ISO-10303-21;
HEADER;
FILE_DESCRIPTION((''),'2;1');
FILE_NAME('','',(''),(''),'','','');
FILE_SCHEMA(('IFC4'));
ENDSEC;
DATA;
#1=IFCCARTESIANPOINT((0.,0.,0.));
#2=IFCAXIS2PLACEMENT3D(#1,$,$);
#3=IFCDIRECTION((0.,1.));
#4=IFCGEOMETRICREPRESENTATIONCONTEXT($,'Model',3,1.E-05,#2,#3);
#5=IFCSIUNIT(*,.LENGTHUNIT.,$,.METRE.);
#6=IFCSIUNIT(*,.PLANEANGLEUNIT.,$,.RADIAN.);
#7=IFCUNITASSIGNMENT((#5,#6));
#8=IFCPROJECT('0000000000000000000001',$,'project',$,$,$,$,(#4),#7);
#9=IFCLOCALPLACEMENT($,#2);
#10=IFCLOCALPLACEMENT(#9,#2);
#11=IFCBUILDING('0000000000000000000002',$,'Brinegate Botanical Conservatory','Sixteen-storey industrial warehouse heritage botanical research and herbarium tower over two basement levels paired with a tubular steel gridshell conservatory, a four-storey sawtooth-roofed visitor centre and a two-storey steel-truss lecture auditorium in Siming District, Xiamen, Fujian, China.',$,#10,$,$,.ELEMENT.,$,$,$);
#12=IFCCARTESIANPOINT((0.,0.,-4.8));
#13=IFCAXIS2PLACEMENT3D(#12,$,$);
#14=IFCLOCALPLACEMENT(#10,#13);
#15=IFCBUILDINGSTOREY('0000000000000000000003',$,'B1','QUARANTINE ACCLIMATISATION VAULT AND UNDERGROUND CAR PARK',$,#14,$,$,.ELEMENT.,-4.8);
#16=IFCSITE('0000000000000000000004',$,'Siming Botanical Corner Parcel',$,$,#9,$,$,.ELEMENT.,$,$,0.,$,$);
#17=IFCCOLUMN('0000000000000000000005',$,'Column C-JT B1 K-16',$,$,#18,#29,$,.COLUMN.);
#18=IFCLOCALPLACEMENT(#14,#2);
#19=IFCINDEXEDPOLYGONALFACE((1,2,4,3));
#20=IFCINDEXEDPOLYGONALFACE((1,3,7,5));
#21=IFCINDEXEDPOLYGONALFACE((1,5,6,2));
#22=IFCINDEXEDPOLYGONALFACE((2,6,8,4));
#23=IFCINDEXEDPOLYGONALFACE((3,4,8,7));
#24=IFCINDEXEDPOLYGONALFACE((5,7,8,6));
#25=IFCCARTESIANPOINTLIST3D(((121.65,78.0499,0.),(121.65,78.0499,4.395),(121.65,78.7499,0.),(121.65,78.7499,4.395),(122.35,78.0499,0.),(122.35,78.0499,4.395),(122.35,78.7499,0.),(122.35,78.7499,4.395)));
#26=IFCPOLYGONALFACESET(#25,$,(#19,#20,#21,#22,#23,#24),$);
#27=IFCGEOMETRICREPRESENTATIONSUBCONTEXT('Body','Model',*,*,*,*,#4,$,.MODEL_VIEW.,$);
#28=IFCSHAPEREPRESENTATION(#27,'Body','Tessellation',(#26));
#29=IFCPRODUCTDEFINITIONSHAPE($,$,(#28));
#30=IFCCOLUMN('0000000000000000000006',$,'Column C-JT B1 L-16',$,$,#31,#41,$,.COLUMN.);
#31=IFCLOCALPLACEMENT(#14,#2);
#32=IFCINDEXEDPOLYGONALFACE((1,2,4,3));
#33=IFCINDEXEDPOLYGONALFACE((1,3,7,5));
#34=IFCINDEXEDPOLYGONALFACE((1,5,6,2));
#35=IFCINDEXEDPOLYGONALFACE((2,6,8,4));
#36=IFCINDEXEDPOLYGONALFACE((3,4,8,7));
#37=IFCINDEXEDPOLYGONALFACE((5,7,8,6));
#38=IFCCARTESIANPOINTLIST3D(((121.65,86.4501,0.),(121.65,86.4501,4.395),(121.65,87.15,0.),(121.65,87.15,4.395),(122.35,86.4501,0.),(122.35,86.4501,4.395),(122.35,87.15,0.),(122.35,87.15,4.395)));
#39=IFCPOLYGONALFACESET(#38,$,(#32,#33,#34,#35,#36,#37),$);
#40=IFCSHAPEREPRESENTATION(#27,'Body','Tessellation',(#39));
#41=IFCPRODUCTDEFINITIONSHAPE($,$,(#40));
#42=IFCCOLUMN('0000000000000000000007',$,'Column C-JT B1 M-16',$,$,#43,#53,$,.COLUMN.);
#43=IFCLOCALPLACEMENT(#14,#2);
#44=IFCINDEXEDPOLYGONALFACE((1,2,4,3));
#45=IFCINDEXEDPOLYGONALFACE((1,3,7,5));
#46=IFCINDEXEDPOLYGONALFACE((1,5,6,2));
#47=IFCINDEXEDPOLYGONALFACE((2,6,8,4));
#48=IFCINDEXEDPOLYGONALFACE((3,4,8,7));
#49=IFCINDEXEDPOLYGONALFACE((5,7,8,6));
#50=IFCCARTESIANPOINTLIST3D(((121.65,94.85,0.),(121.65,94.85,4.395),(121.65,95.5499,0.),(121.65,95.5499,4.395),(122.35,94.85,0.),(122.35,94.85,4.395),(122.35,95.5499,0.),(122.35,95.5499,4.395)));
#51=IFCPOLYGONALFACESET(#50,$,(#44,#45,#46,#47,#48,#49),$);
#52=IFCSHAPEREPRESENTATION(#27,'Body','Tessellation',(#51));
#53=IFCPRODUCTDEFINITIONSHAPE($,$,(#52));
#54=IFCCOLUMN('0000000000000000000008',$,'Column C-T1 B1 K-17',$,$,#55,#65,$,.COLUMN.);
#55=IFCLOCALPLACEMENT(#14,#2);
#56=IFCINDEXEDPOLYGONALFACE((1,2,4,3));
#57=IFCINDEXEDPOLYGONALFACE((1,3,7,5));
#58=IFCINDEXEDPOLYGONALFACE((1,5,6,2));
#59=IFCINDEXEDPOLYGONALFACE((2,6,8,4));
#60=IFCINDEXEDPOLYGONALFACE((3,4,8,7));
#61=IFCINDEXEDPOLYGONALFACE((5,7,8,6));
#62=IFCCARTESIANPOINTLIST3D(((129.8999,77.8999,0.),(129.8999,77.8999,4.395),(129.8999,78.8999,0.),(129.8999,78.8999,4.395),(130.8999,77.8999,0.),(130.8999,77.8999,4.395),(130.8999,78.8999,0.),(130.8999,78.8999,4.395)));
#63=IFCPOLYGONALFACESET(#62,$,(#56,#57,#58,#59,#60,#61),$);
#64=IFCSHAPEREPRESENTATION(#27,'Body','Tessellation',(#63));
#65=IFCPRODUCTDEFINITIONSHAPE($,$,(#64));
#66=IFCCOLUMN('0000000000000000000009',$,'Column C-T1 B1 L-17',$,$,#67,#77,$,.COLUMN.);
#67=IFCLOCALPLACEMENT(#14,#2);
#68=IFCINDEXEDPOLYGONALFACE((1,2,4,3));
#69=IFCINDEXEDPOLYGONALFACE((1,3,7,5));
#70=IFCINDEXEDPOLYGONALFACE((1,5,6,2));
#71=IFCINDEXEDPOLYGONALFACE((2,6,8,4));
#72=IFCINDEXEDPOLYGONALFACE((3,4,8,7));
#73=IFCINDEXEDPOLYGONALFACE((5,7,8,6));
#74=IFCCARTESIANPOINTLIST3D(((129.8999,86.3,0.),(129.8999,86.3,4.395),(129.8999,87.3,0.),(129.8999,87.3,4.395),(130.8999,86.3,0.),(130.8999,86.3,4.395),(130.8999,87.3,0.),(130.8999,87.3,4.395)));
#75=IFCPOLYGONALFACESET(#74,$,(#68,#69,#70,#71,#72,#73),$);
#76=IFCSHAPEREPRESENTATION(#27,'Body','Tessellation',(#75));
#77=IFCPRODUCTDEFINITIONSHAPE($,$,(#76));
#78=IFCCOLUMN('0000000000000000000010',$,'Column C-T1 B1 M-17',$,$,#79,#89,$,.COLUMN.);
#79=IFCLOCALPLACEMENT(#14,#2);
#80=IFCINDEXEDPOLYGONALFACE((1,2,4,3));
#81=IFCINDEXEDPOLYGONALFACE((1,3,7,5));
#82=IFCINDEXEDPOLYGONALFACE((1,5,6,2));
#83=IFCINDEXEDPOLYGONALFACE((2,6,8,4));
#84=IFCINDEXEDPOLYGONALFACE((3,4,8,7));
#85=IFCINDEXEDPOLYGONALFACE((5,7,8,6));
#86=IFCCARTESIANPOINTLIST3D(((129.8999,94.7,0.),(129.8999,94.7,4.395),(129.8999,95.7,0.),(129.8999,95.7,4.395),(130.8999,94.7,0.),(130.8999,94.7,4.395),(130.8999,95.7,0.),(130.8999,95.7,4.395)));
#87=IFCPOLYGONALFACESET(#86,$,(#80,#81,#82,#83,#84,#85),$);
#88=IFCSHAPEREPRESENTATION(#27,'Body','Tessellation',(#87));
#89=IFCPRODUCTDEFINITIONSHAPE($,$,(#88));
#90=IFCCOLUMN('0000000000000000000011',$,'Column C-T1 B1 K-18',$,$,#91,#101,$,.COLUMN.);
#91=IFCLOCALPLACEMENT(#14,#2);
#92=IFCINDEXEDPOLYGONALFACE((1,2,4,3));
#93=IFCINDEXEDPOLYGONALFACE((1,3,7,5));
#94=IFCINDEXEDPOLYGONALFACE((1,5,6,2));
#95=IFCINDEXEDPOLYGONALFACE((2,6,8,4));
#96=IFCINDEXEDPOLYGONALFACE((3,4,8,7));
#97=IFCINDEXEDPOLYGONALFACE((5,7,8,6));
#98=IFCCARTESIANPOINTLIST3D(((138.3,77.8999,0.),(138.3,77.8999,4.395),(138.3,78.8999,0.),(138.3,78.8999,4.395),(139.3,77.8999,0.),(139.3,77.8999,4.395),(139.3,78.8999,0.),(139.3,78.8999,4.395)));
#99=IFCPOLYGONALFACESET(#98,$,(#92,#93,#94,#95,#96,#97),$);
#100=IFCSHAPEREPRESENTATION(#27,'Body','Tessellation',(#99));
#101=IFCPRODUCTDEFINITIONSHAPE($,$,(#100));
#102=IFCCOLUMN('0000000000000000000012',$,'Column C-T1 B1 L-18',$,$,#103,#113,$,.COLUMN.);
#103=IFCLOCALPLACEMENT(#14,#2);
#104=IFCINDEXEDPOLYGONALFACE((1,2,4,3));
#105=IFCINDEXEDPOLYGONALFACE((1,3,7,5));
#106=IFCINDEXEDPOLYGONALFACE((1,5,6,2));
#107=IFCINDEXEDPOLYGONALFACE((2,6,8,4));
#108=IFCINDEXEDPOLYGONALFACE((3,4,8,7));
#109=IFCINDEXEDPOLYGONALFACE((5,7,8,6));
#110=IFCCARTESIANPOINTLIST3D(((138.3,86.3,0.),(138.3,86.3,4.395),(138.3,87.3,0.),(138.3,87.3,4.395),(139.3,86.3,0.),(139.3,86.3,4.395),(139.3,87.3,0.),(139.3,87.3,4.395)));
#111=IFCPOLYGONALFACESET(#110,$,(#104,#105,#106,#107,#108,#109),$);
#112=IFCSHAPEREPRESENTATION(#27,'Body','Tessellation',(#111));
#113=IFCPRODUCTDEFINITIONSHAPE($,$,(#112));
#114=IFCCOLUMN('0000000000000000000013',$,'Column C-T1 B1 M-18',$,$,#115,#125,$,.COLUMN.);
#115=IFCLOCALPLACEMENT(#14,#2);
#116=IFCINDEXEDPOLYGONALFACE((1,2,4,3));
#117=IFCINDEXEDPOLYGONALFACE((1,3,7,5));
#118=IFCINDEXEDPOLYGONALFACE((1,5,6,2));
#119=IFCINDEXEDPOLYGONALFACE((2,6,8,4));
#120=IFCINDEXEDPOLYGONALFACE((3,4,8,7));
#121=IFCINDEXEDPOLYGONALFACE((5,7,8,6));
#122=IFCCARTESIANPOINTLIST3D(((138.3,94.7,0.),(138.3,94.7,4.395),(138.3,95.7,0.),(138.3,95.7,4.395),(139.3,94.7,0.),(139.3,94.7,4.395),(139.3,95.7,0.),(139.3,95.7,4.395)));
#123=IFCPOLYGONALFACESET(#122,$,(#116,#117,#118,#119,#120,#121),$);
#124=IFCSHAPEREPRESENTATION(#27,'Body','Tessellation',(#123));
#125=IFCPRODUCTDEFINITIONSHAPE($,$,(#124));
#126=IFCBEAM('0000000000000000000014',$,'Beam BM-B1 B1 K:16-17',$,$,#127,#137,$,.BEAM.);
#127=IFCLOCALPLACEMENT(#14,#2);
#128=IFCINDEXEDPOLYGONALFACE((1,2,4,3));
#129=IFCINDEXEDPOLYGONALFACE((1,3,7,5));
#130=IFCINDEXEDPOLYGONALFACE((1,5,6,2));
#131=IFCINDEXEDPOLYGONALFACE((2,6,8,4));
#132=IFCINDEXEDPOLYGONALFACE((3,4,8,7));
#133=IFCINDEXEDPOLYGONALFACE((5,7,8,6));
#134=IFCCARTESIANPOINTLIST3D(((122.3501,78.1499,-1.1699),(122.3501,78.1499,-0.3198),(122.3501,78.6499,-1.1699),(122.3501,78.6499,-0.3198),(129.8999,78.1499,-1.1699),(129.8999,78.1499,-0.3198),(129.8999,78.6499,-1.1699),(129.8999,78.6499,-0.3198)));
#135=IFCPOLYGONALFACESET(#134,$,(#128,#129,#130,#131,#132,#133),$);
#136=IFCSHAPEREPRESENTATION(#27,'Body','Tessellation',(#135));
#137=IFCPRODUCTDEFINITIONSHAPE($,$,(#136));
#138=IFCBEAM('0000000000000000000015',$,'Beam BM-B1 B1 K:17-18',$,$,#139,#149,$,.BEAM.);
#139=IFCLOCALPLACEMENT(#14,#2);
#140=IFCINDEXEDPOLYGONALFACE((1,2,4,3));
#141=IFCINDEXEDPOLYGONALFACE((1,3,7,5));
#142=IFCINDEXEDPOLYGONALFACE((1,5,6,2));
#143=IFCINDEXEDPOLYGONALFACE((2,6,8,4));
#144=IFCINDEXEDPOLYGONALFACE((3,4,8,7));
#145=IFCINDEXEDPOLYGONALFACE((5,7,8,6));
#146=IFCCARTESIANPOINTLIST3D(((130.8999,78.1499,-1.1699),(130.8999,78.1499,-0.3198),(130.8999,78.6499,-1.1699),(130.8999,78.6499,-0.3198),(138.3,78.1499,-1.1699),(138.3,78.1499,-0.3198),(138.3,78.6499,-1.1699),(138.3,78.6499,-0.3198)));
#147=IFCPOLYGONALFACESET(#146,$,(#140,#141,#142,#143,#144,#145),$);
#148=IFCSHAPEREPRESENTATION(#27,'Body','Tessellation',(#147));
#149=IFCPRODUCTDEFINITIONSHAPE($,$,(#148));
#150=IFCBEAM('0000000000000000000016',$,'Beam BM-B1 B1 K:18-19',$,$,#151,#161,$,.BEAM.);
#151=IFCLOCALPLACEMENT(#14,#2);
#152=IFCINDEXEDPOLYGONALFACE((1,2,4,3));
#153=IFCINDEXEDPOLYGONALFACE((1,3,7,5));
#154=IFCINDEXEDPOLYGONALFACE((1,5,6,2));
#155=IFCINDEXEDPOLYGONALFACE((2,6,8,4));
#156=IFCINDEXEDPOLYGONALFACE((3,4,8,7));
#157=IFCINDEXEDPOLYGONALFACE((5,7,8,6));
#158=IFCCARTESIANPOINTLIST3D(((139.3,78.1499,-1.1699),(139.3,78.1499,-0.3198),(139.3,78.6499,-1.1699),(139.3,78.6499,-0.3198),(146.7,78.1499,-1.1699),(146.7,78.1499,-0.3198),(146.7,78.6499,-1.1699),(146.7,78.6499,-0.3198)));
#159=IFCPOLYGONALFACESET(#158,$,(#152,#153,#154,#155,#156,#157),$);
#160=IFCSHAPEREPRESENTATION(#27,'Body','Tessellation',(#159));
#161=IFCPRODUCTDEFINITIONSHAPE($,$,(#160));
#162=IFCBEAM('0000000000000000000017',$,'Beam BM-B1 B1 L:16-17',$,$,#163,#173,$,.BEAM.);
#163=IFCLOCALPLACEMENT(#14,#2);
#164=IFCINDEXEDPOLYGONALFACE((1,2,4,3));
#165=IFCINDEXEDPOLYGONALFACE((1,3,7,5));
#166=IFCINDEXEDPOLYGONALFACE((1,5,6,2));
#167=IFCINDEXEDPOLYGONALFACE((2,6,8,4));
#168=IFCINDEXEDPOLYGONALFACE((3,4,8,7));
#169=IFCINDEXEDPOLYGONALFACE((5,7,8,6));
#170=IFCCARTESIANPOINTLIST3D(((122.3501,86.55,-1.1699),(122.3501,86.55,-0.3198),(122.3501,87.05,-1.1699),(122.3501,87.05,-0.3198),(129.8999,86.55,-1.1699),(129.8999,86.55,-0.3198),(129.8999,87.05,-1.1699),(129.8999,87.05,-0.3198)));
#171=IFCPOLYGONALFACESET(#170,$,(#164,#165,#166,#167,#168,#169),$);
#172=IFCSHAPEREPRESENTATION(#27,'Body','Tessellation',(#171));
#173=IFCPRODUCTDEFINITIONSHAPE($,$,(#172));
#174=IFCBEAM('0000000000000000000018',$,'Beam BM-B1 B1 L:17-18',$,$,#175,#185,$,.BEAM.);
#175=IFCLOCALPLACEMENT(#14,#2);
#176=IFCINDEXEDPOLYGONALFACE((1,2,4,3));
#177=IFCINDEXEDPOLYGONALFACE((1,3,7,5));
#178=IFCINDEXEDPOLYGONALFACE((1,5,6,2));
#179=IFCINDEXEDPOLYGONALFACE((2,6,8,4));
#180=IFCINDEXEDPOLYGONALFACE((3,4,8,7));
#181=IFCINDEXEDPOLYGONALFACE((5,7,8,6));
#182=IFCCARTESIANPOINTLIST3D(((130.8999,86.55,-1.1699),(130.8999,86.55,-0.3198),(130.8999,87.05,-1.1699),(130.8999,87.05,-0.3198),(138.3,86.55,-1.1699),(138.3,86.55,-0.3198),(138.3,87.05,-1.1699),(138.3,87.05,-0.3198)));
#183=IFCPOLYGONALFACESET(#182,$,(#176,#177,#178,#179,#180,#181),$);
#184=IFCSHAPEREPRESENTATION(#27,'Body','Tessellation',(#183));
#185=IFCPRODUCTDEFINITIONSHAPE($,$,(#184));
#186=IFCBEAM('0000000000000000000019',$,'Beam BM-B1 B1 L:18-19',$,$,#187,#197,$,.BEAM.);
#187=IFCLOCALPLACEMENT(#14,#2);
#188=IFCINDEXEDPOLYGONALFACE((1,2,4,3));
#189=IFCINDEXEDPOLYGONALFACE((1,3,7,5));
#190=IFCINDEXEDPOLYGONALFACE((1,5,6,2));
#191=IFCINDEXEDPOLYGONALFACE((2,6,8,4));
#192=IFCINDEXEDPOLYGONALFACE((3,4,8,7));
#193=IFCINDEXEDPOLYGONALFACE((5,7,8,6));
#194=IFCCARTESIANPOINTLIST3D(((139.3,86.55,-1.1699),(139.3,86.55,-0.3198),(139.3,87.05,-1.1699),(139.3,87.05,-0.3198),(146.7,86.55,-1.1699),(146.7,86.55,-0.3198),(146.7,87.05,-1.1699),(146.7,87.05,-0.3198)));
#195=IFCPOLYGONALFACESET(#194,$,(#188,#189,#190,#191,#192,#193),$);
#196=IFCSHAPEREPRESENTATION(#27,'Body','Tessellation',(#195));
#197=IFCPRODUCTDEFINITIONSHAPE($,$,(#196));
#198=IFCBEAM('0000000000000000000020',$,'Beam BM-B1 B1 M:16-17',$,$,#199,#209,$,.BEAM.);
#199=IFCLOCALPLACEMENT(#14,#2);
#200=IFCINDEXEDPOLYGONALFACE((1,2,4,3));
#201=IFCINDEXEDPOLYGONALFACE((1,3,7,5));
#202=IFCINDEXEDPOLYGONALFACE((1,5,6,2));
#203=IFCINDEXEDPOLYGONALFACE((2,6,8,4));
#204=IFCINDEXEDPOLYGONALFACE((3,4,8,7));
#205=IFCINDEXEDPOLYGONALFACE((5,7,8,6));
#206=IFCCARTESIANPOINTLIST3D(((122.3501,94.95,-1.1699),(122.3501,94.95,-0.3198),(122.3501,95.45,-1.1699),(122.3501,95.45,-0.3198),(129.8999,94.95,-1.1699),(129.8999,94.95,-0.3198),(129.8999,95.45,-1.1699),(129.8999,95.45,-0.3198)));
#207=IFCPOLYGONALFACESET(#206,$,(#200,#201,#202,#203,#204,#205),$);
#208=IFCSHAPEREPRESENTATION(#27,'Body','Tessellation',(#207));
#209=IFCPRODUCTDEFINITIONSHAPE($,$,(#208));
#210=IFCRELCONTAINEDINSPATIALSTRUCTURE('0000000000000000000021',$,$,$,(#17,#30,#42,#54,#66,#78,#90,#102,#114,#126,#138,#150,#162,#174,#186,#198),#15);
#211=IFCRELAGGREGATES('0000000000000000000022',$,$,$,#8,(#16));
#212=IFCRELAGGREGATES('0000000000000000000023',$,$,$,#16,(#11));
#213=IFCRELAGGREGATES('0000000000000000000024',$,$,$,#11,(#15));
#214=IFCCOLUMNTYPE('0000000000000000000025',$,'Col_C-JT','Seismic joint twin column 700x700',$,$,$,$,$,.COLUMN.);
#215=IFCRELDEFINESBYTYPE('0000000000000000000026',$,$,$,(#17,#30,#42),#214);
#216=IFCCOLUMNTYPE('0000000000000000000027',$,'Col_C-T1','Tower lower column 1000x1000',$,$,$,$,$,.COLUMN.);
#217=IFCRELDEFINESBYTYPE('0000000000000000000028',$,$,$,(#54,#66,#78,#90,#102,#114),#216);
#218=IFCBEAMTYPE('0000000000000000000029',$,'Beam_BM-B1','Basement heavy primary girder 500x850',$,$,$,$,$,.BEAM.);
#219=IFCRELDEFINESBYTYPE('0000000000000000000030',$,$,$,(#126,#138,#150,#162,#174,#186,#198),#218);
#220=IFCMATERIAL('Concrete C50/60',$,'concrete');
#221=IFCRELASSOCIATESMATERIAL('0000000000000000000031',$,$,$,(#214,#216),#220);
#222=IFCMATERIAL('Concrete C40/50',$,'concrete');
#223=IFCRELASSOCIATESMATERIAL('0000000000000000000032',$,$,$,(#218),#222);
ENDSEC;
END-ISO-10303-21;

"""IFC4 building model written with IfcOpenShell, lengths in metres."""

from ifc_helpers import new_model, si_unit, direction, frame, origin, origin_2d, place, context, subcontext, project, spatial, rectangle, extrude, material, material_profile, profile_set, type_object, element, save


model = new_model("IFC4")

# Units and contexts
model_context = context("Model", 3, precision=1e-05, world=origin(), true_north=direction((0.0, 1.0)))
body_context = subcontext(model_context, "Body", "Model", "MODEL_VIEW")
ifc_project = project(units=[si_unit("LENGTHUNIT", "METRE"), si_unit("PLANEANGLEUNIT", "RADIAN")], contexts=[model_context])

# Site, building, storey
site_placement = place(None, origin())
site = spatial("IfcSite", under=ifc_project, at=site_placement, Name="Siming Botanical Corner Parcel", CompositionType="ELEMENT", RefElevation=0.0)
building_placement = place(site_placement, origin())
building = spatial("IfcBuilding", under=site, at=building_placement, Name="Brinegate Botanical Conservatory", Description="Sixteen-storey industrial warehouse heritage botanical research and herbarium tower over two basement levels paired with a tubular steel gridshell conservatory, a four-storey sawtooth-roofed visitor centre and a two-storey steel-truss lecture auditorium in Siming District, Xiamen, Fujian, China.", CompositionType="ELEMENT")
storey_placement = place(building_placement, frame((0.0, 0.0, -4.8)))
storey = spatial("IfcBuildingStorey", under=building, at=storey_placement, Name="B1", Description="QUARANTINE ACCLIMATISATION VAULT AND UNDERGROUND CAR PARK", CompositionType="ELEMENT", Elevation=-4.8)

# Columns
ifc_material_1 = material(Name="Concrete C50/60", Category="concrete")
ifc_material_profile_1 = material_profile(ifc_material_1, rectangle(XDim=0.7, YDim=0.7, at=origin_2d()), Name="RC COL 700x700")
ifc_profile_set_1 = profile_set([ifc_material_profile_1], Name="Concrete C50/60")
column_type_1 = type_object("IfcColumnType", Name="Col_C-JT", Description="Seismic joint twin column 700x700", PredefinedType="COLUMN", material=ifc_profile_set_1)
for number, where, z_axis, x_axis, name in (
    (1, (122.0, 78.3999, 0.0), (0.0, 0.0, 1.0), (1.0, 0.0, 0.0), "Column C-JT B1 K-16"),
    (2, (122.0, 86.8, 0.0), (0.0, 0.0, 1.0), (1.0, 0.0, 0.0), "Column C-JT B1 L-16"),
    (3, (122.0, 95.2, 0.0), (0.0, 0.0, 1.0), (1.0, 0.0, 0.0), "Column C-JT B1 M-16"),
):
    element("IfcColumn", number, at=place(storey_placement, frame(where, z_axis=z_axis, x_axis=x_axis)), inside=storey, type_object=column_type_1, Name=name, PredefinedType="COLUMN", context=body_context, shape_type="SweptSolid", body=[
        extrude(rectangle(XDim=0.7, YDim=0.7, at=origin_2d()), origin(), (0.0, 0.0, 1.0), 4.395),
    ])
ifc_material_profile_2 = material_profile(ifc_material_1, rectangle(XDim=1.0, YDim=1.0, at=origin_2d()), Name="RC COL 1000x1000")
ifc_profile_set_2 = profile_set([ifc_material_profile_2], Name="Concrete C50/60")
column_type_2 = type_object("IfcColumnType", Name="Col_C-T1", Description="Tower lower column 1000x1000", PredefinedType="COLUMN", material=ifc_profile_set_2)
for number, where, z_axis, x_axis, name in (
    (4, (130.3999, 78.3999, 0.0), (0.0, 0.0, 1.0), (1.0, 0.0, 0.0), "Column C-T1 B1 K-17"),
    (5, (130.3999, 86.8, 0.0), (0.0, 0.0, 1.0), (1.0, 0.0, 0.0), "Column C-T1 B1 L-17"),
    (6, (130.3999, 95.2, 0.0), (0.0, 0.0, 1.0), (1.0, 0.0, 0.0), "Column C-T1 B1 M-17"),
    (7, (138.8, 78.3999, 0.0), (0.0, 0.0, 1.0), (1.0, 0.0, 0.0), "Column C-T1 B1 K-18"),
    (8, (138.8, 86.8, 0.0), (0.0, 0.0, 1.0), (1.0, 0.0, 0.0), "Column C-T1 B1 L-18"),
    (9, (138.8, 95.2, 0.0), (0.0, 0.0, 1.0), (1.0, 0.0, 0.0), "Column C-T1 B1 M-18"),
):
    element("IfcColumn", number, at=place(storey_placement, frame(where, z_axis=z_axis, x_axis=x_axis)), inside=storey, type_object=column_type_2, Name=name, PredefinedType="COLUMN", context=body_context, shape_type="SweptSolid", body=[
        extrude(rectangle(XDim=1.0, YDim=1.0, at=origin_2d()), origin(), (0.0, 0.0, 1.0), 4.395),
    ])

# Beams
ifc_material_2 = material(Name="Concrete C40/50", Category="concrete")
ifc_material_profile_3 = material_profile(ifc_material_2, rectangle(XDim=0.5, YDim=0.8501, at=origin_2d()), Name="RC BM 500x850")
ifc_profile_set_3 = profile_set([ifc_material_profile_3], Name="Concrete C40/50")
beam_type_1 = type_object("IfcBeamType", Name="Beam_BM-B1", Description="Basement heavy primary girder 500x850", PredefinedType="BEAM", material=ifc_profile_set_3)
beam_1_placement = place(storey_placement, frame((122.3501, 78.3999, -0.7449), z_axis=(1.0, 0.0, 0.0), x_axis=(0.0, 1.0, 0.0)))
element("IfcBeam", 10, at=beam_1_placement, inside=storey, type_object=beam_type_1, Name="Beam BM-B1 B1 K:16-17", PredefinedType="BEAM", context=body_context, shape_type="SweptSolid", body=[
    extrude(rectangle(XDim=0.5, YDim=0.8501, at=origin_2d()), origin(), (0.0, 0.0, 1.0), 7.5498),
])
beam_2_placement = place(storey_placement, frame((130.8999, 78.3999, -0.7449), z_axis=(1.0, 0.0, 0.0), x_axis=(0.0, 1.0, 0.0)))
element("IfcBeam", 11, at=beam_2_placement, inside=storey, type_object=beam_type_1, Name="Beam BM-B1 B1 K:17-18", PredefinedType="BEAM", context=body_context, shape_type="SweptSolid", body=[
    extrude(rectangle(XDim=0.5, YDim=0.8501, at=origin_2d()), origin(), (0.0, 0.0, 1.0), 7.4001),
])
beam_3_placement = place(storey_placement, frame((139.3, 78.3999, -0.7449), z_axis=(1.0, 0.0, 0.0), x_axis=(0.0, 1.0, 0.0)))
element("IfcBeam", 12, at=beam_3_placement, inside=storey, type_object=beam_type_1, Name="Beam BM-B1 B1 K:18-19", PredefinedType="BEAM", context=body_context, shape_type="SweptSolid", body=[
    extrude(rectangle(XDim=0.5, YDim=0.8501, at=origin_2d()), origin(), (0.0, 0.0, 1.0), 7.3999),
])
beam_4_placement = place(storey_placement, frame((122.3501, 86.8, -0.7449), z_axis=(1.0, 0.0, 0.0), x_axis=(0.0, 1.0, 0.0)))
element("IfcBeam", 13, at=beam_4_placement, inside=storey, type_object=beam_type_1, Name="Beam BM-B1 B1 L:16-17", PredefinedType="BEAM", context=body_context, shape_type="SweptSolid", body=[
    extrude(rectangle(XDim=0.5, YDim=0.8501, at=origin_2d()), origin(), (0.0, 0.0, 1.0), 7.5498),
])
beam_5_placement = place(storey_placement, frame((130.8999, 86.8, -0.7449), z_axis=(1.0, 0.0, 0.0), x_axis=(0.0, 1.0, 0.0)))
element("IfcBeam", 14, at=beam_5_placement, inside=storey, type_object=beam_type_1, Name="Beam BM-B1 B1 L:17-18", PredefinedType="BEAM", context=body_context, shape_type="SweptSolid", body=[
    extrude(rectangle(XDim=0.5, YDim=0.8501, at=origin_2d()), origin(), (0.0, 0.0, 1.0), 7.4001),
])
beam_6_placement = place(storey_placement, frame((139.3, 86.8, -0.7449), z_axis=(1.0, 0.0, 0.0), x_axis=(0.0, 1.0, 0.0)))
element("IfcBeam", 15, at=beam_6_placement, inside=storey, type_object=beam_type_1, Name="Beam BM-B1 B1 L:18-19", PredefinedType="BEAM", context=body_context, shape_type="SweptSolid", body=[
    extrude(rectangle(XDim=0.5, YDim=0.8501, at=origin_2d()), origin(), (0.0, 0.0, 1.0), 7.3999),
])
beam_7_placement = place(storey_placement, frame((122.3501, 95.2, -0.7449), z_axis=(1.0, 0.0, 0.0), x_axis=(0.0, 1.0, 0.0)))
element("IfcBeam", 16, at=beam_7_placement, inside=storey, type_object=beam_type_1, Name="Beam BM-B1 B1 M:16-17", PredefinedType="BEAM", context=body_context, shape_type="SweptSolid", body=[
    extrude(rectangle(XDim=0.5, YDim=0.8501, at=origin_2d()), origin(), (0.0, 0.0, 1.0), 7.5498),
])

save(model, "model.ifc")
